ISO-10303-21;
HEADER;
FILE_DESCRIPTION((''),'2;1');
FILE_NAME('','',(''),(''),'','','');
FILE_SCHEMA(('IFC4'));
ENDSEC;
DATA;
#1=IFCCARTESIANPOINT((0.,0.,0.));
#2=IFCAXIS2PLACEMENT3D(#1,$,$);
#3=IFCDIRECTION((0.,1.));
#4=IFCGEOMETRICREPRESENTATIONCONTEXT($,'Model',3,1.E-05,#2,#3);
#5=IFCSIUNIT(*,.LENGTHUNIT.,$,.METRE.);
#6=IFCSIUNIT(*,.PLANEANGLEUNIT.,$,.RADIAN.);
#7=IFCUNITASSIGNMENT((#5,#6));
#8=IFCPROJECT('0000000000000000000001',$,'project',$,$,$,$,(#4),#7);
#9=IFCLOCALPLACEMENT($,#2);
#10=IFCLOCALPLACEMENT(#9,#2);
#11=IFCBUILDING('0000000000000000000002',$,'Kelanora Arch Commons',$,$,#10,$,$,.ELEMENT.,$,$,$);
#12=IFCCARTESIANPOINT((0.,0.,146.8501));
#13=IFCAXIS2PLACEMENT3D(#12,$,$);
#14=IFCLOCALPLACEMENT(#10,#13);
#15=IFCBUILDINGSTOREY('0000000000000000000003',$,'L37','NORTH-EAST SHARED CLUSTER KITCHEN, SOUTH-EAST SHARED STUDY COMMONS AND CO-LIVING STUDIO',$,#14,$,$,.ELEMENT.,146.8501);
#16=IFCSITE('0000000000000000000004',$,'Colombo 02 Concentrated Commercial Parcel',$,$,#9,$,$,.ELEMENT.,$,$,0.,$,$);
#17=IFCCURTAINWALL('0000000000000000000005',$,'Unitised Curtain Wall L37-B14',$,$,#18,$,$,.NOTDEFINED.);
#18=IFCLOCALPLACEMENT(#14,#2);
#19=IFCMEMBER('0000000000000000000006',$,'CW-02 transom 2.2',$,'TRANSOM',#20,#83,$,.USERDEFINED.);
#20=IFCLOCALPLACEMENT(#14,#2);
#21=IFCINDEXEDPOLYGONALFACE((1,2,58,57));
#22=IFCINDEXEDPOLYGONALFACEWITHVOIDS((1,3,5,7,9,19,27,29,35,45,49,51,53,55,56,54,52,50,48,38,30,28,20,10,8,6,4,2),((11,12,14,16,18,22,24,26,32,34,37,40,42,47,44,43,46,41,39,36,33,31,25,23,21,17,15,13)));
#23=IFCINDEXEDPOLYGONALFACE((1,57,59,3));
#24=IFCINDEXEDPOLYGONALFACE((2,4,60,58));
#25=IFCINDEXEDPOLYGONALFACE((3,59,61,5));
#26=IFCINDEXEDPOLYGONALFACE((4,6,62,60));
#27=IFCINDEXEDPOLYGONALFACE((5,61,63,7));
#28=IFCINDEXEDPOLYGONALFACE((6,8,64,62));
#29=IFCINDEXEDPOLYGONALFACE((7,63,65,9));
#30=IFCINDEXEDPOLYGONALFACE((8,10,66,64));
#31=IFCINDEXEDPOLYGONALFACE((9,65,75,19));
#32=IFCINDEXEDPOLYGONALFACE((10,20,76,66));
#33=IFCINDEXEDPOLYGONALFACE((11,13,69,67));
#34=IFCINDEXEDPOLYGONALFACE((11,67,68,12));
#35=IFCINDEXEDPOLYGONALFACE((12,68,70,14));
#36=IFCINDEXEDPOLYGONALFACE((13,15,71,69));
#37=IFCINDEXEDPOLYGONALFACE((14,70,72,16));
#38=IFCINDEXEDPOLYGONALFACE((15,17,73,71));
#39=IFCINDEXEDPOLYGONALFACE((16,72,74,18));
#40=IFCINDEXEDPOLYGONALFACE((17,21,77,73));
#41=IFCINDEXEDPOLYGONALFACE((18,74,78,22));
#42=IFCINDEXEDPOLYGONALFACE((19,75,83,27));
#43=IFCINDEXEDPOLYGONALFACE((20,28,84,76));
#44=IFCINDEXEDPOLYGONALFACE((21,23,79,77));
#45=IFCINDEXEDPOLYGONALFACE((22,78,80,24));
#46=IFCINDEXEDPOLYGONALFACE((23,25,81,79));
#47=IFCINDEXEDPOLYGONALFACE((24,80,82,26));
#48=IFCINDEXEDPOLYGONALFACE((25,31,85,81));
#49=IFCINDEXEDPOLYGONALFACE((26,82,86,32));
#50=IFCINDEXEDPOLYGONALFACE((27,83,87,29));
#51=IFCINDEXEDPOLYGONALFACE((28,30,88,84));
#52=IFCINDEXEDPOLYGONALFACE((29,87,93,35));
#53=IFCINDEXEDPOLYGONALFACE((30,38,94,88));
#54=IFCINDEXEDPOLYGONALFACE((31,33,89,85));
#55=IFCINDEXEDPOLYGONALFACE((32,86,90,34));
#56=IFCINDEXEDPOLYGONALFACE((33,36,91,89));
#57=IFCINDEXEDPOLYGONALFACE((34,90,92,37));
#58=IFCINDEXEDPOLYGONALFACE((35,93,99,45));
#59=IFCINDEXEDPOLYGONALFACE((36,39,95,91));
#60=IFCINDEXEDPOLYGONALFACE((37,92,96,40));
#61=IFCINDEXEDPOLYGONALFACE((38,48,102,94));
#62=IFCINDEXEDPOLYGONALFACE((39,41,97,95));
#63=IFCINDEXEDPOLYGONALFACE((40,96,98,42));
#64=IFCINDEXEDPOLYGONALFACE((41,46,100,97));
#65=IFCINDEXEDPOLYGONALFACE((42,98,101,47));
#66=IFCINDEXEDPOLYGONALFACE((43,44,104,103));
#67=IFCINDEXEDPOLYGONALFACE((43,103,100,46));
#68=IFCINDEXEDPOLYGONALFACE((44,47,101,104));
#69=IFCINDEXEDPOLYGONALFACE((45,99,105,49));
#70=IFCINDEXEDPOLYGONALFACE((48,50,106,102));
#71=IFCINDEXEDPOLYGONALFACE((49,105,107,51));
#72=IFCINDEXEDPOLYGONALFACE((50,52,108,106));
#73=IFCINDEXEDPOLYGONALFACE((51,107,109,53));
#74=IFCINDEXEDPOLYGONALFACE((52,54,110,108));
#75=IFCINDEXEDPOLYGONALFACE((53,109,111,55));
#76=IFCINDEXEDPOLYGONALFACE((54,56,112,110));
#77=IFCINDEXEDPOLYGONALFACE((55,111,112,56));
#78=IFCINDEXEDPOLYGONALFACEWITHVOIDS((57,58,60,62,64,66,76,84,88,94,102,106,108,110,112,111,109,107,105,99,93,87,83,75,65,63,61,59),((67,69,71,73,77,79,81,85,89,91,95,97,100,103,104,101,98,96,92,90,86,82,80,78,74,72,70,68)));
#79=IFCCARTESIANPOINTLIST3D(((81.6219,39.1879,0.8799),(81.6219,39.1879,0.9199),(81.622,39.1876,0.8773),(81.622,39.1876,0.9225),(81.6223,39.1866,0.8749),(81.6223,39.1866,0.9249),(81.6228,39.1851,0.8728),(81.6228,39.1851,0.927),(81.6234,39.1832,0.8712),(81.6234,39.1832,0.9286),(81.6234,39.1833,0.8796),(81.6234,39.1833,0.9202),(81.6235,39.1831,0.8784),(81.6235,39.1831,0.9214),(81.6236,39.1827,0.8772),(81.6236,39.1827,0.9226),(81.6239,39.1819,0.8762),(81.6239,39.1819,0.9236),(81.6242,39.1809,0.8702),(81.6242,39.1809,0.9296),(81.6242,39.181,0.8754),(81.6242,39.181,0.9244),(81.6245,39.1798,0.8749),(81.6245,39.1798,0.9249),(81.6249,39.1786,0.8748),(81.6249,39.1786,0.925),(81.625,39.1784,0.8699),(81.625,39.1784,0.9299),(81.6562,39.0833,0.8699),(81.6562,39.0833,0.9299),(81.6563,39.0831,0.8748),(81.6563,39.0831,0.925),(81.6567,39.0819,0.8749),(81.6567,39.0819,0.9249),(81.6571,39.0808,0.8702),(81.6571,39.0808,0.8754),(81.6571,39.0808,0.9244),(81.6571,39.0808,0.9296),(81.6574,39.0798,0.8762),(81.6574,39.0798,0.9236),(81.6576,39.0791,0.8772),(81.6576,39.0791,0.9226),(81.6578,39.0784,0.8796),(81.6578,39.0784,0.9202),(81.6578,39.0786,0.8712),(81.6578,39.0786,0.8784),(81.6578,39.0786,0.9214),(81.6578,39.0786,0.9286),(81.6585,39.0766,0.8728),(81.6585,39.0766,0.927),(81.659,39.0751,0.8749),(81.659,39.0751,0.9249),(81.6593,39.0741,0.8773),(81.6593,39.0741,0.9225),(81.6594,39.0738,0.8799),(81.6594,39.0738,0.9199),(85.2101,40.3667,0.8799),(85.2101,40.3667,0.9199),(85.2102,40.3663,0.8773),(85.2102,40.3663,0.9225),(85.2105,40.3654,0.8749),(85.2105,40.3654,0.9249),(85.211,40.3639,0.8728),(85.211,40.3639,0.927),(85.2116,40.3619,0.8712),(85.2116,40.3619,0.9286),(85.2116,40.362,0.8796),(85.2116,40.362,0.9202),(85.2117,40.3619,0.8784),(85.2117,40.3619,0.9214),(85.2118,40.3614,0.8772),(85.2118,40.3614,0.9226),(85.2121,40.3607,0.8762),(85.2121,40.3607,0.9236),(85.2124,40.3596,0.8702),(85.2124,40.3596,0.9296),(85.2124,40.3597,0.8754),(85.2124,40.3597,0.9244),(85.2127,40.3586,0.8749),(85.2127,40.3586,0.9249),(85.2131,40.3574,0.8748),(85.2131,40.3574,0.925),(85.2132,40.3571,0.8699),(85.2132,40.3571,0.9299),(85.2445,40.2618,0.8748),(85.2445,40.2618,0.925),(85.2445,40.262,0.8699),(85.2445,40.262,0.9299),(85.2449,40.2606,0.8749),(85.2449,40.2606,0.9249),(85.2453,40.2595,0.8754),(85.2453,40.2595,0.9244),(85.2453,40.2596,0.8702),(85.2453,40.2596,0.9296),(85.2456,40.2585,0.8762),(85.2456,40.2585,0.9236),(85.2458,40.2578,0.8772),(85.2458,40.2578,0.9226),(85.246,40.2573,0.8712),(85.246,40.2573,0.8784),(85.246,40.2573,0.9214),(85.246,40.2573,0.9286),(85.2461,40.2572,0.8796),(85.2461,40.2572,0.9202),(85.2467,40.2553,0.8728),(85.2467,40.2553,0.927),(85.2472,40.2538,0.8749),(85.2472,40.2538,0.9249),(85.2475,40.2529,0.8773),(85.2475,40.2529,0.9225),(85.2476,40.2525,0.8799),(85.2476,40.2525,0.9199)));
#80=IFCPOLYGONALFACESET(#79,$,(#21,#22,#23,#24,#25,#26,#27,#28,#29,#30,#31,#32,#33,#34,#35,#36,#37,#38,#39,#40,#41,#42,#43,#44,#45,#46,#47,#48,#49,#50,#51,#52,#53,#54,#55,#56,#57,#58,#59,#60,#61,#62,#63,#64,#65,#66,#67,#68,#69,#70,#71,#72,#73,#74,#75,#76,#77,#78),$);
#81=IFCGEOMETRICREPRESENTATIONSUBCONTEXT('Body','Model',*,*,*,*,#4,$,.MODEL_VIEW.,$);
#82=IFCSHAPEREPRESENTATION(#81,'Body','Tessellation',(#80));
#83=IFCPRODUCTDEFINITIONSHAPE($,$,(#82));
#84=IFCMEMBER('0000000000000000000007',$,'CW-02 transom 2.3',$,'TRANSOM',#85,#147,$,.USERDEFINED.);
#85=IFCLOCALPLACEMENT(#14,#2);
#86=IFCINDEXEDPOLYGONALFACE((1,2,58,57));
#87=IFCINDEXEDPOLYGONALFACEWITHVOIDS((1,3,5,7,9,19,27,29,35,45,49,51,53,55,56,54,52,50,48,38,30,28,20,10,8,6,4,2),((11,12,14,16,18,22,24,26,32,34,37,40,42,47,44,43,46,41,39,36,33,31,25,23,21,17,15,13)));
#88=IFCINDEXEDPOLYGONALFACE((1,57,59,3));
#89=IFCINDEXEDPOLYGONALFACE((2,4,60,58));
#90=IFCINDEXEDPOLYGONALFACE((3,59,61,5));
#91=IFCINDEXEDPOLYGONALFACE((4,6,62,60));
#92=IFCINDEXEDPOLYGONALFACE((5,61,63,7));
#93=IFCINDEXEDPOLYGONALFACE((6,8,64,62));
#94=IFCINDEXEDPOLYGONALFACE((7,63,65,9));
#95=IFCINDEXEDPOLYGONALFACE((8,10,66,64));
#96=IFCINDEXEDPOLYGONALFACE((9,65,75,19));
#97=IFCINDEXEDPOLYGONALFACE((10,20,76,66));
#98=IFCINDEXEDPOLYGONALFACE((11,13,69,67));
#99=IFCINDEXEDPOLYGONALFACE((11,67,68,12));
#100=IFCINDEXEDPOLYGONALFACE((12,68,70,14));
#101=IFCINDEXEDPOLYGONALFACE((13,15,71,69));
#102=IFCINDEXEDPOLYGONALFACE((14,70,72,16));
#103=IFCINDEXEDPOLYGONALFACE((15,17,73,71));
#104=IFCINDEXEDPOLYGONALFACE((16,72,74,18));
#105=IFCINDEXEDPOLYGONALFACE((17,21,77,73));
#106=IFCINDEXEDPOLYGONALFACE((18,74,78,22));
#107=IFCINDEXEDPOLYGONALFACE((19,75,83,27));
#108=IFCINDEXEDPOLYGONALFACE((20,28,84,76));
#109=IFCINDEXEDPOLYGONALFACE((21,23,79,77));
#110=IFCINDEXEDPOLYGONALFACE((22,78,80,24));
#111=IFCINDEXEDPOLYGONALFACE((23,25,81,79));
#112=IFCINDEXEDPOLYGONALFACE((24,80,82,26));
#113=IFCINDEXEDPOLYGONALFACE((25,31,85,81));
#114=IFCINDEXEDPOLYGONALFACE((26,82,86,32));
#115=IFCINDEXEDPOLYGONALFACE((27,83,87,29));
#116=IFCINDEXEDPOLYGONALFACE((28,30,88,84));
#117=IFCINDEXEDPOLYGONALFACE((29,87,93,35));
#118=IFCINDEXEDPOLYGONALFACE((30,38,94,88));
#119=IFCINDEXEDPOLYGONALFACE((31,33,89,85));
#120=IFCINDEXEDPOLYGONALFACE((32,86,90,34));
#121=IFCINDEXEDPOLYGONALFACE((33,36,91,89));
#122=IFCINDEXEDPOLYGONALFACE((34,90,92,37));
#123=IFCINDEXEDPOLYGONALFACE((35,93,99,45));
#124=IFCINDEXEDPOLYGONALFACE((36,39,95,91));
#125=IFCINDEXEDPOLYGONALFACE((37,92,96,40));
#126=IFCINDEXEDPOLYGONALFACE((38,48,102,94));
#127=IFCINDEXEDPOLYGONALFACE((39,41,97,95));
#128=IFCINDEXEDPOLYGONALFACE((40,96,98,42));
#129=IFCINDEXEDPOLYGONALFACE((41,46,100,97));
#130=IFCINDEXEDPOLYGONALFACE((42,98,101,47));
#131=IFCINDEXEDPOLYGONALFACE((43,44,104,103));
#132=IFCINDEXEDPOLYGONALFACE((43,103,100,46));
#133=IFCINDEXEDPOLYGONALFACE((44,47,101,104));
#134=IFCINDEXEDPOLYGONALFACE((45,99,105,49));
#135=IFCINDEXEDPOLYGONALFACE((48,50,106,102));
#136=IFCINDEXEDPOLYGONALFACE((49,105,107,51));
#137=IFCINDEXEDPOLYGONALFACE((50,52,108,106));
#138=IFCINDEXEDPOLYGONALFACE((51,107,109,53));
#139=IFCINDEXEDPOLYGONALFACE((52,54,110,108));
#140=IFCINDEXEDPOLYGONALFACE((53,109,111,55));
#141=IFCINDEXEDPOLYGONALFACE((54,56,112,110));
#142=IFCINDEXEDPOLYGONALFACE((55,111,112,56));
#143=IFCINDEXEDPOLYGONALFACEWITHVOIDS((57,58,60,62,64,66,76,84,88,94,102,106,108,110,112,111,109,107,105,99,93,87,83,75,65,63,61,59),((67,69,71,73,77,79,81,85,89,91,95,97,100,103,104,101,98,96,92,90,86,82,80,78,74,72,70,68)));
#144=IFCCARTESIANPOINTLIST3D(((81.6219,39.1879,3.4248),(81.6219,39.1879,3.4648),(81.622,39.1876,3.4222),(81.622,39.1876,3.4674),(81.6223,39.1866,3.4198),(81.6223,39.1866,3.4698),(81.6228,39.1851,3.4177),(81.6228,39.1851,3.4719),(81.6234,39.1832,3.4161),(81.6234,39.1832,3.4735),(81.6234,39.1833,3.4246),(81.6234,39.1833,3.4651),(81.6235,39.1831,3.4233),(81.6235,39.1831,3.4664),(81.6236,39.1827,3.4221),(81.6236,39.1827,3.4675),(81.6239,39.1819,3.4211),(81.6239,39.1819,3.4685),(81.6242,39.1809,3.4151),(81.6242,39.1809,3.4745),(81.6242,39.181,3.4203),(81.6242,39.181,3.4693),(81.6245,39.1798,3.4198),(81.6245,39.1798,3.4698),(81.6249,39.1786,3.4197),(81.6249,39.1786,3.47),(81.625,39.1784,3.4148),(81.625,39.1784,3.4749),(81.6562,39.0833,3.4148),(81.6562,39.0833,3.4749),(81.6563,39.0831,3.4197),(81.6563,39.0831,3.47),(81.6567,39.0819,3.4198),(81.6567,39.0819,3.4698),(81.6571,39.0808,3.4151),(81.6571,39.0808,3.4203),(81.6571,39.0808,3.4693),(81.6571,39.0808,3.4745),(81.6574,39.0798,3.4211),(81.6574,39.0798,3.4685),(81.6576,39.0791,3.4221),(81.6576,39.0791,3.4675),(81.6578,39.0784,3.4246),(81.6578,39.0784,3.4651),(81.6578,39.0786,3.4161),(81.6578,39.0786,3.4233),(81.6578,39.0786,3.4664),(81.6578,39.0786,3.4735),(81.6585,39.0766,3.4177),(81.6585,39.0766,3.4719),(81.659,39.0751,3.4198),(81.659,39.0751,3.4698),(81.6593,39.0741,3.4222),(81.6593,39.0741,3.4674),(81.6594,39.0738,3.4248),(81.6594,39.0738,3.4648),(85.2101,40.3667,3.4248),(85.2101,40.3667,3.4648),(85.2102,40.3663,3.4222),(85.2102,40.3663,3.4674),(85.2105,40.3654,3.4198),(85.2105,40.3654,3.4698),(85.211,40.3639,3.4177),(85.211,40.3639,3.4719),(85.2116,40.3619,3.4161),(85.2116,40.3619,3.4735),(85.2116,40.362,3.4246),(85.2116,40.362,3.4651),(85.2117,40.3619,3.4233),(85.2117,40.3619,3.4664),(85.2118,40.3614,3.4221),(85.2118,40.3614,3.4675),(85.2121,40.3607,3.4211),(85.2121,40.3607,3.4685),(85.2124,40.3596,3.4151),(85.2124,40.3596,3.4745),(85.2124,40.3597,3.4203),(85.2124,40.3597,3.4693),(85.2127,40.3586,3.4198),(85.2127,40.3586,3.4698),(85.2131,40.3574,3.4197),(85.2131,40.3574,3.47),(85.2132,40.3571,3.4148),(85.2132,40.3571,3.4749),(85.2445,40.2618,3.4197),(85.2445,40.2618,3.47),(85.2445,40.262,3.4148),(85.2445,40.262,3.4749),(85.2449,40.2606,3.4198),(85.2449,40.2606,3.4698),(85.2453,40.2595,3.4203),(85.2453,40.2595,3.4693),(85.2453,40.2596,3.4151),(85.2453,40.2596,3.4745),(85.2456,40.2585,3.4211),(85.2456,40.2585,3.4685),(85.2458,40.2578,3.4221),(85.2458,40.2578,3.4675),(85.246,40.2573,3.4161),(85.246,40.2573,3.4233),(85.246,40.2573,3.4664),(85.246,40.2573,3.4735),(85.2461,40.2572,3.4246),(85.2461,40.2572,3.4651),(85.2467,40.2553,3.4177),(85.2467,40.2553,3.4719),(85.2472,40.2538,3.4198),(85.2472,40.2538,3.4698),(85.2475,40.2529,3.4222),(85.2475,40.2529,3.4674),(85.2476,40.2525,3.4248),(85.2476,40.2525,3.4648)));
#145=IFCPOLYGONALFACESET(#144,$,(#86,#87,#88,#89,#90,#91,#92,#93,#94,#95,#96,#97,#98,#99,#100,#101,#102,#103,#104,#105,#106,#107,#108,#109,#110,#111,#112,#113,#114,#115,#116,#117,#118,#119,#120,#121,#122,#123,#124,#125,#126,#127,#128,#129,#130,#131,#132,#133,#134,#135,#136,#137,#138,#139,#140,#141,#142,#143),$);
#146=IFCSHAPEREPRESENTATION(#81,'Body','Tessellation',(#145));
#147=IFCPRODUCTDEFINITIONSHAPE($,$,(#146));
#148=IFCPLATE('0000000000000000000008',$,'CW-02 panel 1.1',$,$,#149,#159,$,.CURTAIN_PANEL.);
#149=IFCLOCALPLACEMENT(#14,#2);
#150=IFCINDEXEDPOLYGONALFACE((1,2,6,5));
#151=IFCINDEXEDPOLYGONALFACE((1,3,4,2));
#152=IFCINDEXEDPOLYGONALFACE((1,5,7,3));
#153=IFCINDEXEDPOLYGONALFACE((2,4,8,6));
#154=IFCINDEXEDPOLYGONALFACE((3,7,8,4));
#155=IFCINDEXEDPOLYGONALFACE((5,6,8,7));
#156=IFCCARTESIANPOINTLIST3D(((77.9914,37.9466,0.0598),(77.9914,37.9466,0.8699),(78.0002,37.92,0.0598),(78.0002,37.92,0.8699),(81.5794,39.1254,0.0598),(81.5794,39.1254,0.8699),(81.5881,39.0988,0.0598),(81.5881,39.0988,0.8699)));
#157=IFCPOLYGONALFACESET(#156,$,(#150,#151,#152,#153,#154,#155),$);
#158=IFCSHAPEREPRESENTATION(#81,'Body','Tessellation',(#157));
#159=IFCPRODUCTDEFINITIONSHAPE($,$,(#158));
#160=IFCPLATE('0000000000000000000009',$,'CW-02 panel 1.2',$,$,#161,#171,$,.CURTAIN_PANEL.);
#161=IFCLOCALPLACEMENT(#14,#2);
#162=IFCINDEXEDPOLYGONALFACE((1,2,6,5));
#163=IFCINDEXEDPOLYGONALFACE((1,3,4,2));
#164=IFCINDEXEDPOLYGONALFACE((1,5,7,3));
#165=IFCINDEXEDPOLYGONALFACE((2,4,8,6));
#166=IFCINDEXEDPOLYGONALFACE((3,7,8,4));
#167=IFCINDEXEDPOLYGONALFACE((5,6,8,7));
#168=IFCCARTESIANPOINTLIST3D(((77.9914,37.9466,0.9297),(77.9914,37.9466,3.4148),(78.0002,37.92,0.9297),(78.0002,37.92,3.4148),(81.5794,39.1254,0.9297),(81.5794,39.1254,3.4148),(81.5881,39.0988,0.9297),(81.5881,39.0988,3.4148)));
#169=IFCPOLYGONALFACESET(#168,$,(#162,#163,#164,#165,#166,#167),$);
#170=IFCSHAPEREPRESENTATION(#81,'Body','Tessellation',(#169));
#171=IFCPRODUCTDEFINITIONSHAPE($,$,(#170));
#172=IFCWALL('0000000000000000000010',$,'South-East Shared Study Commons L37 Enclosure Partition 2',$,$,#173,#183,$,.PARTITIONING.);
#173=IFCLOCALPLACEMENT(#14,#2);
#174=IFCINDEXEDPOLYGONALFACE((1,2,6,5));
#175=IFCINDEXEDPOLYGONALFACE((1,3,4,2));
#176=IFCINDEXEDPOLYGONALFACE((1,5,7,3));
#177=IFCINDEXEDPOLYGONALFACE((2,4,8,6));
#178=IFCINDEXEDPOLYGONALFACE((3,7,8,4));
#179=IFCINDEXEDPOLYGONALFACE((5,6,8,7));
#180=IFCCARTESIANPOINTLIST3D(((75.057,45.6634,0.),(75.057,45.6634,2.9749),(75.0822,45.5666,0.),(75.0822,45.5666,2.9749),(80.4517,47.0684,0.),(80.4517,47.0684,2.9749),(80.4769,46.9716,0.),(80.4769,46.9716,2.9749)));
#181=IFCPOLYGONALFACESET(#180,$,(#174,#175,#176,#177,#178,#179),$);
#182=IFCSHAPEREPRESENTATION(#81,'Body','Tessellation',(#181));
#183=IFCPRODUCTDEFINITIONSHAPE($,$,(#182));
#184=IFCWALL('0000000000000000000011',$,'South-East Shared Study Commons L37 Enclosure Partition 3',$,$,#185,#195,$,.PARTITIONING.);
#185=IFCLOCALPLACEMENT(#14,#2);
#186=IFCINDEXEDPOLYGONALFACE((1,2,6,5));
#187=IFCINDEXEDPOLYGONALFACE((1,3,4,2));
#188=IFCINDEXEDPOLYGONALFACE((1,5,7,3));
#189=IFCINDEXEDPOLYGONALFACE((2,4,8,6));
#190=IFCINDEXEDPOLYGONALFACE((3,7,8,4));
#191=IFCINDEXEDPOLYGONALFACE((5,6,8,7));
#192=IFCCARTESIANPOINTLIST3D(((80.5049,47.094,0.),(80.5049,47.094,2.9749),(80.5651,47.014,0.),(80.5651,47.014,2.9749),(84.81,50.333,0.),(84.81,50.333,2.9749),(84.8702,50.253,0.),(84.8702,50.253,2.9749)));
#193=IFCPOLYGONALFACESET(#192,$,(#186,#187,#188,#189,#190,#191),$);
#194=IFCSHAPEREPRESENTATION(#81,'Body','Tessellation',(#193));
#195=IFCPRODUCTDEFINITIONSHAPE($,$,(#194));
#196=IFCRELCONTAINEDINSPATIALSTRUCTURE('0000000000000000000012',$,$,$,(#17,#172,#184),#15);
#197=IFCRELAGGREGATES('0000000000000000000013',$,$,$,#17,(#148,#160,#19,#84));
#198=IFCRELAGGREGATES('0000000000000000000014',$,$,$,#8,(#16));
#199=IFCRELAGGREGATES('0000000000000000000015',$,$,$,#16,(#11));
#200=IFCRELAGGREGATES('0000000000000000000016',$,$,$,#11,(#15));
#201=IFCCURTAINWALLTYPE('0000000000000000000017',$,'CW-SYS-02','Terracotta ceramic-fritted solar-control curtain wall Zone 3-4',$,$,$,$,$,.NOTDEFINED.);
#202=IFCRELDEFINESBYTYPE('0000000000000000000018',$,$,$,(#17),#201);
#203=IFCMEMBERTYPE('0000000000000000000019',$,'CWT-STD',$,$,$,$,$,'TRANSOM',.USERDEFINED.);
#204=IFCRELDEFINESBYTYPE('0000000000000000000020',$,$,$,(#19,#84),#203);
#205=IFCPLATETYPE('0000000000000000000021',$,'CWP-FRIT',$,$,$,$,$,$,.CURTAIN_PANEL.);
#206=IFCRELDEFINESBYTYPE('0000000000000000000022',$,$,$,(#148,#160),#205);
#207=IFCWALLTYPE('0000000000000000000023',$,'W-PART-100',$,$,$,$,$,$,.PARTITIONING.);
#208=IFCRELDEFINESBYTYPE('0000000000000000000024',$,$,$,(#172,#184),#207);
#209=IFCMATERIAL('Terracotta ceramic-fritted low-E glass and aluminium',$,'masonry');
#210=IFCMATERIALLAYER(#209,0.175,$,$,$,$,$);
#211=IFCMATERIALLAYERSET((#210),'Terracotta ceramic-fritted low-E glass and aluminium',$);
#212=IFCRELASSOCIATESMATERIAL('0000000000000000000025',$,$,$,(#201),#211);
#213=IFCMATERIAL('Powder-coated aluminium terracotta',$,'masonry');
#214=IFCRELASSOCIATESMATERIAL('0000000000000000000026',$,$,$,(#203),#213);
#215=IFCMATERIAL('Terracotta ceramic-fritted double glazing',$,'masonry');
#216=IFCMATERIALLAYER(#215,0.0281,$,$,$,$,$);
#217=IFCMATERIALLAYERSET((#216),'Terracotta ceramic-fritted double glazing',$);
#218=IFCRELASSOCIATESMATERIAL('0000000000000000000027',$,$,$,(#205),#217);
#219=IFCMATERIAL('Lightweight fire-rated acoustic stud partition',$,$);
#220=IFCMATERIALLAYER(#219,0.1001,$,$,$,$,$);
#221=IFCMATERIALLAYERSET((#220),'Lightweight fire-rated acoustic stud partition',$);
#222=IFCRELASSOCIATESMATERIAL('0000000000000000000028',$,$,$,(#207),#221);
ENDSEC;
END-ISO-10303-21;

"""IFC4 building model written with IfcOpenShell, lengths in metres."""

from ifc_helpers import new_model, si_unit, direction, frame, frame_2d, origin, origin_2d, place, context, subcontext, project, spatial, rectangle, hollow_rectangle, extrude, source, transform, mapped, material, layer, layer_set, material_profile, profile_set, type_object, element, aggregate, save


model = new_model("IFC4")

# Units and contexts
model_context = context("Model", 3, precision=1e-05, world=origin(), true_north=direction((0.0, 1.0)))
body_context = subcontext(model_context, "Body", "Model", "MODEL_VIEW")
ifc_project = project(units=[si_unit("LENGTHUNIT", "METRE"), si_unit("PLANEANGLEUNIT", "RADIAN")], contexts=[model_context])

# Site, building, storey
site_placement = place(None, origin())
site = spatial("IfcSite", under=ifc_project, at=site_placement, Name="Colombo 02 Concentrated Commercial Parcel", CompositionType="ELEMENT", RefElevation=0.0)
building_placement = place(site_placement, origin())
building = spatial("IfcBuilding", under=site, at=building_placement, Name="Kelanora Arch Commons", CompositionType="ELEMENT")
storey_placement = place(building_placement, frame((0.0, 0.0, 146.8501)))
storey = spatial("IfcBuildingStorey", under=building, at=storey_placement, Name="L37", Description="NORTH-EAST SHARED CLUSTER KITCHEN, SOUTH-EAST SHARED STUDY COMMONS AND CO-LIVING STUDIO", CompositionType="ELEMENT", Elevation=146.8501)

# Curtain wall, members, plates
ifc_material_1 = material(Name="Terracotta ceramic-fritted low-E glass and aluminium", Category="masonry")
ifc_layer_1 = layer(ifc_material_1, 0.175)
ifc_layer_set_1 = layer_set([ifc_layer_1], Name="Terracotta ceramic-fritted low-E glass and aluminium")
curtain_wall_type = type_object("IfcCurtainWallType", Name="CW-SYS-02", Description="Terracotta ceramic-fritted solar-control curtain wall Zone 3-4", PredefinedType="NOTDEFINED", material=ifc_layer_set_1)
curtain_wall_placement = place(storey_placement, origin())
curtain_wall = element("IfcCurtainWall", 1, at=curtain_wall_placement, inside=storey, type_object=curtain_wall_type, Name="Unitised Curtain Wall L37-B14", PredefinedType="NOTDEFINED")
ifc_material_2 = material(Name="Powder-coated aluminium terracotta", Category="masonry")
ifc_material_profile_1 = material_profile(ifc_material_2, hollow_rectangle(XDim=0.1201, YDim=0.0601, WallThickness=0.0049, InnerFilletRadius=0.0049, OuterFilletRadius=0.01, at=origin_2d()), Name="CWT120x60")
ifc_profile_set_1 = profile_set([ifc_material_profile_1], Name="Powder-coated aluminium terracotta")
member_type_1 = type_object("IfcMemberType", Name="CWT-STD", ElementType="TRANSOM", PredefinedType="USERDEFINED", material=ifc_profile_set_1)
member_1_placement = place(storey_placement, frame((81.6406, 39.1309, 0.8999), z_axis=(0.950051, 0.312094, 0.0), x_axis=(-0.312094, 0.950051, 0.0)))
member_1 = element("IfcMember", 2, at=member_1_placement, type_object=member_type_1, Name="CW-02 transom 2.2", ObjectType="TRANSOM", PredefinedType="USERDEFINED", context=body_context, shape_type="SweptSolid", body=[
    extrude(hollow_rectangle(XDim=0.1201, YDim=0.0601, WallThickness=0.0049, InnerFilletRadius=0.0049, OuterFilletRadius=0.01, at=origin_2d()), origin(), (0.0, 0.0, 1.0), 3.7769),
])
member_2_placement = place(storey_placement, frame((81.6406, 39.1309, 3.4448), z_axis=(0.950051, 0.312094, 0.0), x_axis=(-0.312094, 0.950051, 0.0)))
member_2 = element("IfcMember", 3, at=member_2_placement, type_object=member_type_1, Name="CW-02 transom 2.3", ObjectType="TRANSOM", PredefinedType="USERDEFINED", context=body_context, shape_type="SweptSolid", body=[
    extrude(hollow_rectangle(XDim=0.1201, YDim=0.0601, WallThickness=0.0049, InnerFilletRadius=0.0049, OuterFilletRadius=0.01, at=origin_2d()), origin(), (0.0, 0.0, 1.0), 3.7769),
])
ifc_material_3 = material(Name="Terracotta ceramic-fritted double glazing", Category="masonry")
ifc_layer_2 = layer(ifc_material_3, 0.0281)
ifc_layer_set_2 = layer_set([ifc_layer_2], Name="Terracotta ceramic-fritted double glazing")
plate_type = type_object("IfcPlateType", Name="CWP-FRIT", PredefinedType="CURTAIN_PANEL", material=ifc_layer_set_2)
shared_shape_1 = source(origin(), body_context, "Body", "SweptSolid", [
    extrude(rectangle(XDim=3.7766, YDim=0.0281, at=origin_2d()), origin(), (0.0, 0.0, 1.0), 0.8101),
])
plate_1_placement = place(storey_placement, frame((79.7898, 38.5227, 0.0598), z_axis=(0.0, 0.0, 1.0), x_axis=(0.95004, 0.312128, 0.0)))
plate_1 = element("IfcPlate", 4, at=plate_1_placement, type_object=plate_type, Name="CW-02 panel 1.1", PredefinedType="CURTAIN_PANEL", context=body_context, shape_type="MappedRepresentation", body=[
    mapped(shared_shape_1, transform((0.0, 0.0, 0.0), scale=1.0)),
])
shared_shape_2 = source(origin(), body_context, "Body", "SweptSolid", [
    extrude(rectangle(XDim=3.7766, YDim=0.0281, at=origin_2d()), origin(), (0.0, 0.0, 1.0), 2.4851),
])
plate_2_placement = place(storey_placement, frame((79.7898, 38.5227, 0.9297), z_axis=(0.0, 0.0, 1.0), x_axis=(0.95004, 0.312128, 0.0)))
plate_2 = element("IfcPlate", 5, at=plate_2_placement, type_object=plate_type, Name="CW-02 panel 1.2", PredefinedType="CURTAIN_PANEL", context=body_context, shape_type="MappedRepresentation", body=[
    mapped(shared_shape_2, transform((0.0, 0.0, 0.0), scale=1.0)),
])
aggregate(curtain_wall, [plate_1, plate_2, member_1, member_2])

# Walls
ifc_material_4 = material(Name="Lightweight fire-rated acoustic stud partition")
ifc_layer_3 = layer(ifc_material_4, 0.1001)
ifc_layer_set_3 = layer_set([ifc_layer_3], Name="Lightweight fire-rated acoustic stud partition")
wall_type = type_object("IfcWallType", Name="W-PART-100", PredefinedType="PARTITIONING", material=ifc_layer_set_3)
wall_1_placement = place(storey_placement, frame((75.0696, 45.615, 0.0), z_axis=(0.0, 0.0, 1.0), x_axis=(0.967718, 0.252035, 0.0)))
element("IfcWall", 6, at=wall_1_placement, inside=storey, type_object=wall_type, Name="South-East Shared Study Commons L37 Enclosure Partition 2", PredefinedType="PARTITIONING", context=body_context, shape_type="SweptSolid", body=[
    extrude(rectangle(XDim=5.5747, YDim=0.1001, at=frame_2d((2.7874, 0.0))), origin(), (0.0, 0.0, 1.0), 2.9749),
])
wall_2_placement = place(storey_placement, frame((80.5349, 47.054, 0.0), z_axis=(0.0, 0.0, 1.0), x_axis=(0.799096, 0.601203, 0.0)))
element("IfcWall", 7, at=wall_2_placement, inside=storey, type_object=wall_type, Name="South-East Shared Study Commons L37 Enclosure Partition 3", PredefinedType="PARTITIONING", context=body_context, shape_type="SweptSolid", body=[
    extrude(rectangle(XDim=5.3875, YDim=0.1001, at=frame_2d((2.6938, 0.0))), origin(), (0.0, 0.0, 1.0), 2.9749),
])

save(model, "model.ifc")
